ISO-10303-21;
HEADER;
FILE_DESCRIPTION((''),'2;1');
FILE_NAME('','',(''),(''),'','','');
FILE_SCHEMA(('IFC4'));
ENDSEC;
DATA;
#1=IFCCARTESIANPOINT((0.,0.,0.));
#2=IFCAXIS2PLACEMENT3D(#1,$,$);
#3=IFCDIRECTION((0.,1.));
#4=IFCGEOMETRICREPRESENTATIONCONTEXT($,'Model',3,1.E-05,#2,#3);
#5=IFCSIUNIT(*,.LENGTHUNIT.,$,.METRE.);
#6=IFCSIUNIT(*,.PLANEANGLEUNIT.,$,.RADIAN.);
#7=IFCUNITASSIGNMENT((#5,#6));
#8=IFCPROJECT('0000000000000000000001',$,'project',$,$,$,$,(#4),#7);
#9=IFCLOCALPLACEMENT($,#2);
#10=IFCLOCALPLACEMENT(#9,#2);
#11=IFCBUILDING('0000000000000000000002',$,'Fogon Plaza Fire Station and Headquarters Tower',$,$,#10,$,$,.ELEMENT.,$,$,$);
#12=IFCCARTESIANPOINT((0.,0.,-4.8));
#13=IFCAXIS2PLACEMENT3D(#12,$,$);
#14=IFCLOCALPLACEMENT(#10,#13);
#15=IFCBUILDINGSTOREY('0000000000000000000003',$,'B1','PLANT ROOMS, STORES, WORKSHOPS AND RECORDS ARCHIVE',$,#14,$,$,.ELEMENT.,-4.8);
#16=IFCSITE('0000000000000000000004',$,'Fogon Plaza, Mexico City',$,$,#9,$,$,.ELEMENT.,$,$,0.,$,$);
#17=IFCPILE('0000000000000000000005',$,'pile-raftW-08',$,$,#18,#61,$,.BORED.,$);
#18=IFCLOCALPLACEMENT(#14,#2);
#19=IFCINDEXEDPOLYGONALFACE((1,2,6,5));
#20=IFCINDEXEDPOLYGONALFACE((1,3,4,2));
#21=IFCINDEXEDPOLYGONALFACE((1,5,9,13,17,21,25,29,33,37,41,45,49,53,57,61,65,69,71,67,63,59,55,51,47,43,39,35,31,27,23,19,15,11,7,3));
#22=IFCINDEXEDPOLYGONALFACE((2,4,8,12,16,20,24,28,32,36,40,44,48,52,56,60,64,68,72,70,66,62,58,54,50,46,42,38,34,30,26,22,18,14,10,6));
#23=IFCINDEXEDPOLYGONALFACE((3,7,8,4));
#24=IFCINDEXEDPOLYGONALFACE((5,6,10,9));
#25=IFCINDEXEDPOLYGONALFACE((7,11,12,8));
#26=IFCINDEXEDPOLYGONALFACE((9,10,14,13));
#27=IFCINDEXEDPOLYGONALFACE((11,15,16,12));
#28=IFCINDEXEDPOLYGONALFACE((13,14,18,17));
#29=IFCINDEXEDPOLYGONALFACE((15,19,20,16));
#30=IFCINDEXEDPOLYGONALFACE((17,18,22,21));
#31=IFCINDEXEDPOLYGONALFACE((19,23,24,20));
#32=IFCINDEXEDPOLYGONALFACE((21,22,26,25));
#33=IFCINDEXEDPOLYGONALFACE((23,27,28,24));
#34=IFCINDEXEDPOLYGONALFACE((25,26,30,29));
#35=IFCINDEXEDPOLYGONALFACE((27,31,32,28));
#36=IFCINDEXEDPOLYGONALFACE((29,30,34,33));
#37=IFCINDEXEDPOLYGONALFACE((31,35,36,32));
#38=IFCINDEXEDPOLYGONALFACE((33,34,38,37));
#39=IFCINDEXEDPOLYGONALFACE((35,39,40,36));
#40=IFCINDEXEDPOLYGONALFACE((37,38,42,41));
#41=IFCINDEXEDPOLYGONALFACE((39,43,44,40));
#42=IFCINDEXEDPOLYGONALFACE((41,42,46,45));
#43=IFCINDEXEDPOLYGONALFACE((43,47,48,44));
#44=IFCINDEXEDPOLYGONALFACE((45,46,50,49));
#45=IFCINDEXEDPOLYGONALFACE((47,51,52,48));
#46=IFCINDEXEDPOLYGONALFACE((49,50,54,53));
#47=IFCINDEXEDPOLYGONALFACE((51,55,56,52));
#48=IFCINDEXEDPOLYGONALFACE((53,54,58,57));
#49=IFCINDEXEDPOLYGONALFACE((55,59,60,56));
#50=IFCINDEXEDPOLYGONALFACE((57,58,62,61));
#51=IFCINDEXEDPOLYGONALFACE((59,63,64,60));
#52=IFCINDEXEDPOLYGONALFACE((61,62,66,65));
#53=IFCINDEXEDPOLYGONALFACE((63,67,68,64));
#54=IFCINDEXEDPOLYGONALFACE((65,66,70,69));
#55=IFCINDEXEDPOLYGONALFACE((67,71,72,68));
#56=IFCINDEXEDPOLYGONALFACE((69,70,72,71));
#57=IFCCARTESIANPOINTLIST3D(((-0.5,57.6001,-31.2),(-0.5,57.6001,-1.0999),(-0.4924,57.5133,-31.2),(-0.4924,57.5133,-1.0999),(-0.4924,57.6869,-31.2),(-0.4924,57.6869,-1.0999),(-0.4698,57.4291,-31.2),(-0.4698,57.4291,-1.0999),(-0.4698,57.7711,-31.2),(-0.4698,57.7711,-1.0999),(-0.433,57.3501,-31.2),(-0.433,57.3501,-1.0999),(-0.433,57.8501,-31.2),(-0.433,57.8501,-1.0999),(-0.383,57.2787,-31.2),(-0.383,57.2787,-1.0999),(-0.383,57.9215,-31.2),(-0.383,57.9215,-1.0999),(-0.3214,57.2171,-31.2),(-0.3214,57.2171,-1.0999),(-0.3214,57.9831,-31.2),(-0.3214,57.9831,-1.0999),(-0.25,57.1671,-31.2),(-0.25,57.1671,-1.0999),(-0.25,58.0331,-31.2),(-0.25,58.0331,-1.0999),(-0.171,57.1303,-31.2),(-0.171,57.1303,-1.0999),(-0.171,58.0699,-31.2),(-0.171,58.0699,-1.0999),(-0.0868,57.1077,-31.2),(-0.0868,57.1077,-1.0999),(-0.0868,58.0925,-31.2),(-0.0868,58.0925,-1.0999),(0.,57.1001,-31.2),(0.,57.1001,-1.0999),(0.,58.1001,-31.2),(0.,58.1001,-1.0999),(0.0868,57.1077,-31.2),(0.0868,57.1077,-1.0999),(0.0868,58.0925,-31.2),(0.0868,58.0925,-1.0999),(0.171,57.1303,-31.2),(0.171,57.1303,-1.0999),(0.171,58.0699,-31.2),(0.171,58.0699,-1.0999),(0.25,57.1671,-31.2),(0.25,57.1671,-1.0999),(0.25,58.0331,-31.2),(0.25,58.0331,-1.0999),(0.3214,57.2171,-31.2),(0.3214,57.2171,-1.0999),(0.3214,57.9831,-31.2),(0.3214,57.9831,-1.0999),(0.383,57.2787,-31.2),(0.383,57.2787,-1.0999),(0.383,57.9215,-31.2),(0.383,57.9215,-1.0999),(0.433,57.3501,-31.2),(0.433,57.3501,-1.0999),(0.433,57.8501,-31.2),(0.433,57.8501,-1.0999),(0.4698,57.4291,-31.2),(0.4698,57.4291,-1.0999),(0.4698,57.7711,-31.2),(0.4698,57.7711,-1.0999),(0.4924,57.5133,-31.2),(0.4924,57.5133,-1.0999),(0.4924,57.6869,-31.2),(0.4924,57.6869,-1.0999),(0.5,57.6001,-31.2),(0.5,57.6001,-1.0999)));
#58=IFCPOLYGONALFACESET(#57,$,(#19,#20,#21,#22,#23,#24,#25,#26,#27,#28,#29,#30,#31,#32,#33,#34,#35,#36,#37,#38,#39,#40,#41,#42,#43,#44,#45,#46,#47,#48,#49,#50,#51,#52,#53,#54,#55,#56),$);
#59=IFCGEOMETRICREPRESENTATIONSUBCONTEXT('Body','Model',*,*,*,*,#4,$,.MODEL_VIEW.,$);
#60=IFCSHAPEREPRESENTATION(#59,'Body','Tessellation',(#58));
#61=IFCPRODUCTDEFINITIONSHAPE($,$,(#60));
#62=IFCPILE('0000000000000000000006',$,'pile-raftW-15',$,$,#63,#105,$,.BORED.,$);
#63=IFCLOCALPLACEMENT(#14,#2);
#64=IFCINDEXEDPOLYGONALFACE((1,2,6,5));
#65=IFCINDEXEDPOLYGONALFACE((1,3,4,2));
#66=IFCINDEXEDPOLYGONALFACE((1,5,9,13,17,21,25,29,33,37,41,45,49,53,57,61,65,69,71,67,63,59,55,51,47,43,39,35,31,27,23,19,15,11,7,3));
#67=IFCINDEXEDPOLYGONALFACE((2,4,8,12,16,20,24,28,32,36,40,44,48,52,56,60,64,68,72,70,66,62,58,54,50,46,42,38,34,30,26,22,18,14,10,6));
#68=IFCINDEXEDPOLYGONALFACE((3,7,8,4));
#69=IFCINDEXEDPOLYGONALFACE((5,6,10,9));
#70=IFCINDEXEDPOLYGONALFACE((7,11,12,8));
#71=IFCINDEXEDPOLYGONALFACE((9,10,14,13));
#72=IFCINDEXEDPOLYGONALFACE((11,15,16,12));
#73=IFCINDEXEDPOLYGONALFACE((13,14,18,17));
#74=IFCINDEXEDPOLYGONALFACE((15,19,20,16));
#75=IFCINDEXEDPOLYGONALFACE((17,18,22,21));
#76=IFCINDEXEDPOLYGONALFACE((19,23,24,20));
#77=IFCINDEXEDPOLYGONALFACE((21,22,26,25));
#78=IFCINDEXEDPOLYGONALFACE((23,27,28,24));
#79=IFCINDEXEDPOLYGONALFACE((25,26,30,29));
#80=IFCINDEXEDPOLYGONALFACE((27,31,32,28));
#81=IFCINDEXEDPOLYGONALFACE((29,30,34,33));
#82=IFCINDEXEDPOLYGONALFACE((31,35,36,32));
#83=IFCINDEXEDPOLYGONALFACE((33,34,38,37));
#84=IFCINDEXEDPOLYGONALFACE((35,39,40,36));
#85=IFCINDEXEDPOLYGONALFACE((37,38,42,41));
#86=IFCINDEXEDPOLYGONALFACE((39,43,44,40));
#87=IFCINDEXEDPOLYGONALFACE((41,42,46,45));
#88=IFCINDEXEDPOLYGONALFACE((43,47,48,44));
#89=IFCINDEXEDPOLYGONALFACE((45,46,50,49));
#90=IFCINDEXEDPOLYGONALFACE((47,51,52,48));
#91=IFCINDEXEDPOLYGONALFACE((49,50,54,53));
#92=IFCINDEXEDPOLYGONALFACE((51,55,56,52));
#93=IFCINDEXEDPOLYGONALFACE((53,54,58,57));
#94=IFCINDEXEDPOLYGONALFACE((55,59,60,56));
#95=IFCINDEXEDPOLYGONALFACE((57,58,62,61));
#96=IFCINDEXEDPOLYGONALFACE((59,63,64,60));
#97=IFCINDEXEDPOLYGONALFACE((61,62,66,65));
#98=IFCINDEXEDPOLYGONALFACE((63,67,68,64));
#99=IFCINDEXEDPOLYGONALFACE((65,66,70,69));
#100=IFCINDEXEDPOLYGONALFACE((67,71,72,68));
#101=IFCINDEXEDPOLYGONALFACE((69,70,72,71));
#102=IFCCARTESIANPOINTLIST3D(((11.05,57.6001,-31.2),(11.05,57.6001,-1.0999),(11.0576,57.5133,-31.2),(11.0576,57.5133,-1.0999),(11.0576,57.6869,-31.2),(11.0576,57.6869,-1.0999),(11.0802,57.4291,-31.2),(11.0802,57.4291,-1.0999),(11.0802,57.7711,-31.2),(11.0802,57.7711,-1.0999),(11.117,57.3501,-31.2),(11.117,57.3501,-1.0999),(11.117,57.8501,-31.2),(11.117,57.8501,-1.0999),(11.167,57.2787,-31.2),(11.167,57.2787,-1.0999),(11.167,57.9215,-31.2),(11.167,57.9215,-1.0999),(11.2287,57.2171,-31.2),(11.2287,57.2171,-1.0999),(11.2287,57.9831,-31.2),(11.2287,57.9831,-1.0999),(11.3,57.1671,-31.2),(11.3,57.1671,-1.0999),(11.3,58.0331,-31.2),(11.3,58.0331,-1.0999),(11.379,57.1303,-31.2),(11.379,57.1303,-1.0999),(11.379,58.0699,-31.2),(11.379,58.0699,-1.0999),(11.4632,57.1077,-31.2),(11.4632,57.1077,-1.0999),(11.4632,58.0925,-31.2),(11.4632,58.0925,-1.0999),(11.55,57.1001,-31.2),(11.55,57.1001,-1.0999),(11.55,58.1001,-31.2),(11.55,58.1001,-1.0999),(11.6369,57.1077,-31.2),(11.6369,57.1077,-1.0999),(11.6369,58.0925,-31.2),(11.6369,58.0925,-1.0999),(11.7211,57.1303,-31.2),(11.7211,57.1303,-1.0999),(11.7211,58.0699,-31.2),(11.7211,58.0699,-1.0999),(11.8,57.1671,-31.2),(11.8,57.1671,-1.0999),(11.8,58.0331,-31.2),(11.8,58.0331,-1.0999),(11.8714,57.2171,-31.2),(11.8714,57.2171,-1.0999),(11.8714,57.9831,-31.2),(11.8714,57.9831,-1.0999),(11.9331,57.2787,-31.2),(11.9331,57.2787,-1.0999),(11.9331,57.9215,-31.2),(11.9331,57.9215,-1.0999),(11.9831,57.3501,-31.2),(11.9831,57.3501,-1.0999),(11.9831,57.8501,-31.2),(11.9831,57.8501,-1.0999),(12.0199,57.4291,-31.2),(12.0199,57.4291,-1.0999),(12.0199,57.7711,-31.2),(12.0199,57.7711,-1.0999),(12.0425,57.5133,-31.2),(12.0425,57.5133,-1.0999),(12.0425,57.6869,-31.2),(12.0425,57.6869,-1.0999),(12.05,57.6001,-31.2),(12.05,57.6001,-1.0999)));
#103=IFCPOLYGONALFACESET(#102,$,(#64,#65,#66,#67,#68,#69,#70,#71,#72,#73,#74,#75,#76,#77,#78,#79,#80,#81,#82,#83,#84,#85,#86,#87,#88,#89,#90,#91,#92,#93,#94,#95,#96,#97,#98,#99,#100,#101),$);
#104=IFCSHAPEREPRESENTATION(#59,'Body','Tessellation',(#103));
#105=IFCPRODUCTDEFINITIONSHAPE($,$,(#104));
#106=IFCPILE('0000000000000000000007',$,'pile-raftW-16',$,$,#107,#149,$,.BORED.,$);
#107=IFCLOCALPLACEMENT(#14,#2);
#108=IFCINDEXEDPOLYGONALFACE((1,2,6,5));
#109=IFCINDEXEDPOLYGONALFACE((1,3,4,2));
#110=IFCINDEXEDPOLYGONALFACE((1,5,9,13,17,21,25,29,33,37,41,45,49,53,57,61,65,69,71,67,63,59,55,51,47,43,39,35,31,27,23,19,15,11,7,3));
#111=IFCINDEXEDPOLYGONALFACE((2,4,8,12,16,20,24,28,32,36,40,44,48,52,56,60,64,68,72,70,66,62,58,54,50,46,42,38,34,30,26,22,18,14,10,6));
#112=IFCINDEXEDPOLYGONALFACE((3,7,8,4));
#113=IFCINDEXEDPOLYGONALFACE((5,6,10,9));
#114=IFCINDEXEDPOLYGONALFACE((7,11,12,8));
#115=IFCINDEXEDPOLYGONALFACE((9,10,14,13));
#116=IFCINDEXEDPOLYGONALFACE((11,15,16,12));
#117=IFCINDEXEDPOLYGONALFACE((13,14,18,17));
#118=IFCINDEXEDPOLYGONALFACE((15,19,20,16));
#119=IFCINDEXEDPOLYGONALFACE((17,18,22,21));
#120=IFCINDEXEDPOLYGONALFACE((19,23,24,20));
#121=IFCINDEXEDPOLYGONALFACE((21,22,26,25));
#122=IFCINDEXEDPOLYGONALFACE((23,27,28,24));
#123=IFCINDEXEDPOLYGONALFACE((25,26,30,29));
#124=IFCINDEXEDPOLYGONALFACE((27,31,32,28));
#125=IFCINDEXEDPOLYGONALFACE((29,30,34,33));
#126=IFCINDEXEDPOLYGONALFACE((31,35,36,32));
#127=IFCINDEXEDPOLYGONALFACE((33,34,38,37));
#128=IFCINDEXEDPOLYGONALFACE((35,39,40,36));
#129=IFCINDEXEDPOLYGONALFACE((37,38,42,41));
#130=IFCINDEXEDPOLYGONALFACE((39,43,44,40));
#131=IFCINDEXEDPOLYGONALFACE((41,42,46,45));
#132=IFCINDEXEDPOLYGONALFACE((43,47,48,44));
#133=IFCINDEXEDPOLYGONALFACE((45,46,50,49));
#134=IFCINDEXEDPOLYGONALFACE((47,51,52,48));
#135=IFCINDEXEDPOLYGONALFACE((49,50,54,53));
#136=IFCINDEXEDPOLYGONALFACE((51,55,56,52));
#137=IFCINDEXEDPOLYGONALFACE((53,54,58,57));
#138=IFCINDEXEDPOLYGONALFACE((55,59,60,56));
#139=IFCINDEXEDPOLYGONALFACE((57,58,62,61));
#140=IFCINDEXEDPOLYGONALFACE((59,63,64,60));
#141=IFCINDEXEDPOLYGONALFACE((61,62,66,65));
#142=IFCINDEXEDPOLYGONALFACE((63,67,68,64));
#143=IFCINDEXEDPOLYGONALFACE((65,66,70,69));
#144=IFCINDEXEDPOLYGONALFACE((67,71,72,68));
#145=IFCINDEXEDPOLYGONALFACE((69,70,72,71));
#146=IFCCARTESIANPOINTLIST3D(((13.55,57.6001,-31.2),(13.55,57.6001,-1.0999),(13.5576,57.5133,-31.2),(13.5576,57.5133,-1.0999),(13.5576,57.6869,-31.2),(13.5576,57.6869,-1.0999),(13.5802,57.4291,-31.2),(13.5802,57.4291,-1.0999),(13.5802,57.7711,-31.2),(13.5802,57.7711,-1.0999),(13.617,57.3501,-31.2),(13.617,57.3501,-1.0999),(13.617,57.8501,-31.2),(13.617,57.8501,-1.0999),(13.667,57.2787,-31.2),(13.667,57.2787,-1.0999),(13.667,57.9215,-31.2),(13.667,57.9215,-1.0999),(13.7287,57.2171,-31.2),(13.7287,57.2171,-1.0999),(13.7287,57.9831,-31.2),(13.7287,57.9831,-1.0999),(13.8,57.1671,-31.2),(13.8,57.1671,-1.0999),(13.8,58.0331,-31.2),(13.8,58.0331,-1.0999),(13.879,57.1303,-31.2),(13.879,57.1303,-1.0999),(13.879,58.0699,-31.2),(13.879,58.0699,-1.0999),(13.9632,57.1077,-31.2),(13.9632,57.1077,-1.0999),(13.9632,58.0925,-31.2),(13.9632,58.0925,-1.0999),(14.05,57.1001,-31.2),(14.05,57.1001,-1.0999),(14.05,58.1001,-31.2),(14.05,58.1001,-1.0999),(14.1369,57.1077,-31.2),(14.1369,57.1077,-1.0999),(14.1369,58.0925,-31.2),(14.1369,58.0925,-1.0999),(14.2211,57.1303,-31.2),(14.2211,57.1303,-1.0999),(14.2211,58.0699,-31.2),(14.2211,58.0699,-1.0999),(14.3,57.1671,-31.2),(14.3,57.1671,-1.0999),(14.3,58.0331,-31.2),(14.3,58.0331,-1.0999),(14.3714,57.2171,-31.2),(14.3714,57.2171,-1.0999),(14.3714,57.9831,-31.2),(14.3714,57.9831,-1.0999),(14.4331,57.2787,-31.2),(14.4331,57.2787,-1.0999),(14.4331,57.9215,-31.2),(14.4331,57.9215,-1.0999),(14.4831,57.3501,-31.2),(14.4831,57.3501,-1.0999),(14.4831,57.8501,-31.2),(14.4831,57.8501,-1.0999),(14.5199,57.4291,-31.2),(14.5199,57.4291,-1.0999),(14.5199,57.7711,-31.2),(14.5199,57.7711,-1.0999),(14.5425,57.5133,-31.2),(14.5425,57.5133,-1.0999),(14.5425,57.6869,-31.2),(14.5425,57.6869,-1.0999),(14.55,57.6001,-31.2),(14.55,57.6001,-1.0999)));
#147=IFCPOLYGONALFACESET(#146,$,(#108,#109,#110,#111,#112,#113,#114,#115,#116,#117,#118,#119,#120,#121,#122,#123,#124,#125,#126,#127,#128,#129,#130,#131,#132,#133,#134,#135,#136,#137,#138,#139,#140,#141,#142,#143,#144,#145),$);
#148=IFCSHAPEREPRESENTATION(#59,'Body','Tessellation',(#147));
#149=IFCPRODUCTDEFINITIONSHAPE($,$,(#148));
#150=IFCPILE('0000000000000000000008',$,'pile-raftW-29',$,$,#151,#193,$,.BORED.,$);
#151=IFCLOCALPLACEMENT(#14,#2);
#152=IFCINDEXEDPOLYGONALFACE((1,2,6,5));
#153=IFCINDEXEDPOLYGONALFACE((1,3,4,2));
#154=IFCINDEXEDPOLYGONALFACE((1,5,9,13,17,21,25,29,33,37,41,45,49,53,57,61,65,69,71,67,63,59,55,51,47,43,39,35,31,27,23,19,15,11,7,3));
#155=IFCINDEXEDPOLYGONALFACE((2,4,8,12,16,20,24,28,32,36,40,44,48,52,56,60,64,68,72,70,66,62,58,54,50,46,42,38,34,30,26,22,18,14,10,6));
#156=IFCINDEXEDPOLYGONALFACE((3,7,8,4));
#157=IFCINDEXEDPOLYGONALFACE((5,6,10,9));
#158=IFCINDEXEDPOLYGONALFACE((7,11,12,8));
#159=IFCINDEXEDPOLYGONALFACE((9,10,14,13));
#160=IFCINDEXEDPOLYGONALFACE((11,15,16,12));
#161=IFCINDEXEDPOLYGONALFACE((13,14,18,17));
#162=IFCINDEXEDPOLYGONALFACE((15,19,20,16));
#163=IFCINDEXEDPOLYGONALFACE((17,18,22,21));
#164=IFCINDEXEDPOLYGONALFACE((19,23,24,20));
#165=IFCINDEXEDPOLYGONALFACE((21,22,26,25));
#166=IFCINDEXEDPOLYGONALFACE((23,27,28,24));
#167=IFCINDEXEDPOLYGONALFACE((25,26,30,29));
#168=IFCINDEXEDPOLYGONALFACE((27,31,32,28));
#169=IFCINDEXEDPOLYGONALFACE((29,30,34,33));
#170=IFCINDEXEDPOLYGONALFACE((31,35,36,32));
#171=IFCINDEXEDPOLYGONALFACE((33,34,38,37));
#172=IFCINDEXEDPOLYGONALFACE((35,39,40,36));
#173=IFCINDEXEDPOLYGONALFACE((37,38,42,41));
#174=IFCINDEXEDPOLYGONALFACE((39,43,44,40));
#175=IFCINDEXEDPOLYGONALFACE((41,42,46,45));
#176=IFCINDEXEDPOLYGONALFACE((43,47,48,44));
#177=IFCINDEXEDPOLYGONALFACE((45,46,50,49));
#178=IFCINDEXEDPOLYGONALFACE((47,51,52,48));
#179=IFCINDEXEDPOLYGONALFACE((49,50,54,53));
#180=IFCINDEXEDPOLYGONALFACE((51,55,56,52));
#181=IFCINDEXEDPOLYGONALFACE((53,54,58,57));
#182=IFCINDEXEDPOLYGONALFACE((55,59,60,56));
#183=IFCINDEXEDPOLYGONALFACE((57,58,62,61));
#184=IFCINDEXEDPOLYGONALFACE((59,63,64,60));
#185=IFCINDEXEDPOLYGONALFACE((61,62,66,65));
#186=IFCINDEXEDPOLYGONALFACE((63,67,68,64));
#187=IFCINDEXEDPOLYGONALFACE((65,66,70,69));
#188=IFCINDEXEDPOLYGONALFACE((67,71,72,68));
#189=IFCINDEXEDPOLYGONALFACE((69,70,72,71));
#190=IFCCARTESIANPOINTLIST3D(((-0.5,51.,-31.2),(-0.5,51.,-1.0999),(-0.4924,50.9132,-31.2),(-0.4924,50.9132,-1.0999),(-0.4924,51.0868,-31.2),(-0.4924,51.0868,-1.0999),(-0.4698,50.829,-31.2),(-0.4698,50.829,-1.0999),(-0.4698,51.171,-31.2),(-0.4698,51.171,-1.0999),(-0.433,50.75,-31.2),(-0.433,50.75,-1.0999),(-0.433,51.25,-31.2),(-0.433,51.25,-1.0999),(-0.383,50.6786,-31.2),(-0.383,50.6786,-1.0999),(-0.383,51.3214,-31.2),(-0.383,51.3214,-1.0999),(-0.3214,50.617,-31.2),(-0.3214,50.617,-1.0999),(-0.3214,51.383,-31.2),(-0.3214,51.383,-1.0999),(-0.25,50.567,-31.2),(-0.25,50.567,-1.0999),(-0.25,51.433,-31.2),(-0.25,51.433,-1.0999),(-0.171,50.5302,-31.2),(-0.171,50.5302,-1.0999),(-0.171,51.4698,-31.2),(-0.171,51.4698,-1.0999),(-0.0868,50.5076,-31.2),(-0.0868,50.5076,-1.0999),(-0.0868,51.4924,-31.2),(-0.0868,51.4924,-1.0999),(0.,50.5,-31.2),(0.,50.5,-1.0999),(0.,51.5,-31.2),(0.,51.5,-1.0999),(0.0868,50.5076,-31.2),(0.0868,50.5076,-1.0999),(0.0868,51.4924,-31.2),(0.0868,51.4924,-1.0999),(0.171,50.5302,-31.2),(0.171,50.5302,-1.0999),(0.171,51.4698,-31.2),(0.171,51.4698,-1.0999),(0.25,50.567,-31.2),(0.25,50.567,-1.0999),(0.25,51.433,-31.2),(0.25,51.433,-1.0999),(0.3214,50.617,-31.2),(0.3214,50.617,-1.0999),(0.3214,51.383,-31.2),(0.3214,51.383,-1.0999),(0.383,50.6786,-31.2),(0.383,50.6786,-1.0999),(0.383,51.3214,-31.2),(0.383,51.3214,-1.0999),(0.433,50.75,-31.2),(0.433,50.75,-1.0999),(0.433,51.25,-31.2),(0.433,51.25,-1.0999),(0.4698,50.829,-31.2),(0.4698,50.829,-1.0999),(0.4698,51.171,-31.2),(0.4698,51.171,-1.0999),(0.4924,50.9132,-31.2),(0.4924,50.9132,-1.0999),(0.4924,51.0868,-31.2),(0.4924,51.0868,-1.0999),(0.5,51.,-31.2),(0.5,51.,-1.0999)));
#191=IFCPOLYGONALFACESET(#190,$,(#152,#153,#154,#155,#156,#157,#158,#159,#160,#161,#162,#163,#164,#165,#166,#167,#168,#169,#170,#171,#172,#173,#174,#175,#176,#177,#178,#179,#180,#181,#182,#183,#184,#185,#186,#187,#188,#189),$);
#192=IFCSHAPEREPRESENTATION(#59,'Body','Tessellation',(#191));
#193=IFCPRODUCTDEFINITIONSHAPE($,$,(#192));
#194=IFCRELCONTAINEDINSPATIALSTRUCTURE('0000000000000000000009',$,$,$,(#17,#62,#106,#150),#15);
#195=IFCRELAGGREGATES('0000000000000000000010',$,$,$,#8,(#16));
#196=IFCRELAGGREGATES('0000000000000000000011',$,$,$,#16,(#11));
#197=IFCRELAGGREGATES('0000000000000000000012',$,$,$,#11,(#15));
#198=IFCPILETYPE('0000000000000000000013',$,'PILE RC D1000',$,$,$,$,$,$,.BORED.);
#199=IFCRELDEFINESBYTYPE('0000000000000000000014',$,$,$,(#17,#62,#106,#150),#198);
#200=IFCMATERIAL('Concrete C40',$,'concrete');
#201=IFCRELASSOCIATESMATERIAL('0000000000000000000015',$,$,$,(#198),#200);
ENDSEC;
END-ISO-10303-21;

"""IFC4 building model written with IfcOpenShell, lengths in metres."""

from ifc_helpers import new_model, si_unit, direction, frame, origin, origin_2d, place, context, subcontext, project, spatial, circle, extrude, material, material_profile, profile_set, type_object, element, save


model = new_model("IFC4")

# Units and contexts
model_context = context("Model", 3, precision=1e-05, world=origin(), true_north=direction((0.0, 1.0)))
body_context = subcontext(model_context, "Body", "Model", "MODEL_VIEW")
ifc_project = project(units=[si_unit("LENGTHUNIT", "METRE"), si_unit("PLANEANGLEUNIT", "RADIAN")], contexts=[model_context])

# Site, building, storey
site_placement = place(None, origin())
site = spatial("IfcSite", under=ifc_project, at=site_placement, Name="Fogon Plaza, Mexico City", CompositionType="ELEMENT", RefElevation=0.0)
building_placement = place(site_placement, origin())
building = spatial("IfcBuilding", under=site, at=building_placement, Name="Fogon Plaza Fire Station and Headquarters Tower", CompositionType="ELEMENT")
storey_placement = place(building_placement, frame((0.0, 0.0, -4.8)))
storey = spatial("IfcBuildingStorey", under=building, at=storey_placement, Name="B1", Description="PLANT ROOMS, STORES, WORKSHOPS AND RECORDS ARCHIVE", CompositionType="ELEMENT", Elevation=-4.8)

# Piles
ifc_material_1 = material(Name="Concrete C40", Category="concrete")
ifc_material_profile_1 = material_profile(ifc_material_1, circle(Radius=0.5, at=origin_2d()), Name="RC D1000")
ifc_profile_set_1 = profile_set([ifc_material_profile_1], Name="Concrete C40")
pile_type_1 = type_object("IfcPileType", Name="PILE RC D1000", PredefinedType="BORED", material=ifc_profile_set_1)
for number, where, z_axis, x_axis, name in (
    (1, (0.0, 57.6001, -1.0999), (0.0, 0.0, -1.0), (1.0, 0.0, 0.0), "pile-raftW-08"),
    (2, (11.55, 57.6001, -1.0999), (0.0, 0.0, -1.0), (1.0, 0.0, 0.0), "pile-raftW-15"),
    (3, (14.05, 57.6001, -1.0999), (0.0, 0.0, -1.0), (1.0, 0.0, 0.0), "pile-raftW-16"),
    (4, (0.0, 51.0, -1.0999), (0.0, 0.0, -1.0), (1.0, 0.0, 0.0), "pile-raftW-29"),
):
    element("IfcPile", number, at=place(storey_placement, frame(where, z_axis=z_axis, x_axis=x_axis)), inside=storey, type_object=pile_type_1, Name=name, PredefinedType="BORED", context=body_context, shape_type="SweptSolid", body=[
        extrude(circle(Radius=0.5, at=origin_2d()), origin(), (0.0, 0.0, 1.0), 30.1001),
    ])

save(model, "model.ifc")
